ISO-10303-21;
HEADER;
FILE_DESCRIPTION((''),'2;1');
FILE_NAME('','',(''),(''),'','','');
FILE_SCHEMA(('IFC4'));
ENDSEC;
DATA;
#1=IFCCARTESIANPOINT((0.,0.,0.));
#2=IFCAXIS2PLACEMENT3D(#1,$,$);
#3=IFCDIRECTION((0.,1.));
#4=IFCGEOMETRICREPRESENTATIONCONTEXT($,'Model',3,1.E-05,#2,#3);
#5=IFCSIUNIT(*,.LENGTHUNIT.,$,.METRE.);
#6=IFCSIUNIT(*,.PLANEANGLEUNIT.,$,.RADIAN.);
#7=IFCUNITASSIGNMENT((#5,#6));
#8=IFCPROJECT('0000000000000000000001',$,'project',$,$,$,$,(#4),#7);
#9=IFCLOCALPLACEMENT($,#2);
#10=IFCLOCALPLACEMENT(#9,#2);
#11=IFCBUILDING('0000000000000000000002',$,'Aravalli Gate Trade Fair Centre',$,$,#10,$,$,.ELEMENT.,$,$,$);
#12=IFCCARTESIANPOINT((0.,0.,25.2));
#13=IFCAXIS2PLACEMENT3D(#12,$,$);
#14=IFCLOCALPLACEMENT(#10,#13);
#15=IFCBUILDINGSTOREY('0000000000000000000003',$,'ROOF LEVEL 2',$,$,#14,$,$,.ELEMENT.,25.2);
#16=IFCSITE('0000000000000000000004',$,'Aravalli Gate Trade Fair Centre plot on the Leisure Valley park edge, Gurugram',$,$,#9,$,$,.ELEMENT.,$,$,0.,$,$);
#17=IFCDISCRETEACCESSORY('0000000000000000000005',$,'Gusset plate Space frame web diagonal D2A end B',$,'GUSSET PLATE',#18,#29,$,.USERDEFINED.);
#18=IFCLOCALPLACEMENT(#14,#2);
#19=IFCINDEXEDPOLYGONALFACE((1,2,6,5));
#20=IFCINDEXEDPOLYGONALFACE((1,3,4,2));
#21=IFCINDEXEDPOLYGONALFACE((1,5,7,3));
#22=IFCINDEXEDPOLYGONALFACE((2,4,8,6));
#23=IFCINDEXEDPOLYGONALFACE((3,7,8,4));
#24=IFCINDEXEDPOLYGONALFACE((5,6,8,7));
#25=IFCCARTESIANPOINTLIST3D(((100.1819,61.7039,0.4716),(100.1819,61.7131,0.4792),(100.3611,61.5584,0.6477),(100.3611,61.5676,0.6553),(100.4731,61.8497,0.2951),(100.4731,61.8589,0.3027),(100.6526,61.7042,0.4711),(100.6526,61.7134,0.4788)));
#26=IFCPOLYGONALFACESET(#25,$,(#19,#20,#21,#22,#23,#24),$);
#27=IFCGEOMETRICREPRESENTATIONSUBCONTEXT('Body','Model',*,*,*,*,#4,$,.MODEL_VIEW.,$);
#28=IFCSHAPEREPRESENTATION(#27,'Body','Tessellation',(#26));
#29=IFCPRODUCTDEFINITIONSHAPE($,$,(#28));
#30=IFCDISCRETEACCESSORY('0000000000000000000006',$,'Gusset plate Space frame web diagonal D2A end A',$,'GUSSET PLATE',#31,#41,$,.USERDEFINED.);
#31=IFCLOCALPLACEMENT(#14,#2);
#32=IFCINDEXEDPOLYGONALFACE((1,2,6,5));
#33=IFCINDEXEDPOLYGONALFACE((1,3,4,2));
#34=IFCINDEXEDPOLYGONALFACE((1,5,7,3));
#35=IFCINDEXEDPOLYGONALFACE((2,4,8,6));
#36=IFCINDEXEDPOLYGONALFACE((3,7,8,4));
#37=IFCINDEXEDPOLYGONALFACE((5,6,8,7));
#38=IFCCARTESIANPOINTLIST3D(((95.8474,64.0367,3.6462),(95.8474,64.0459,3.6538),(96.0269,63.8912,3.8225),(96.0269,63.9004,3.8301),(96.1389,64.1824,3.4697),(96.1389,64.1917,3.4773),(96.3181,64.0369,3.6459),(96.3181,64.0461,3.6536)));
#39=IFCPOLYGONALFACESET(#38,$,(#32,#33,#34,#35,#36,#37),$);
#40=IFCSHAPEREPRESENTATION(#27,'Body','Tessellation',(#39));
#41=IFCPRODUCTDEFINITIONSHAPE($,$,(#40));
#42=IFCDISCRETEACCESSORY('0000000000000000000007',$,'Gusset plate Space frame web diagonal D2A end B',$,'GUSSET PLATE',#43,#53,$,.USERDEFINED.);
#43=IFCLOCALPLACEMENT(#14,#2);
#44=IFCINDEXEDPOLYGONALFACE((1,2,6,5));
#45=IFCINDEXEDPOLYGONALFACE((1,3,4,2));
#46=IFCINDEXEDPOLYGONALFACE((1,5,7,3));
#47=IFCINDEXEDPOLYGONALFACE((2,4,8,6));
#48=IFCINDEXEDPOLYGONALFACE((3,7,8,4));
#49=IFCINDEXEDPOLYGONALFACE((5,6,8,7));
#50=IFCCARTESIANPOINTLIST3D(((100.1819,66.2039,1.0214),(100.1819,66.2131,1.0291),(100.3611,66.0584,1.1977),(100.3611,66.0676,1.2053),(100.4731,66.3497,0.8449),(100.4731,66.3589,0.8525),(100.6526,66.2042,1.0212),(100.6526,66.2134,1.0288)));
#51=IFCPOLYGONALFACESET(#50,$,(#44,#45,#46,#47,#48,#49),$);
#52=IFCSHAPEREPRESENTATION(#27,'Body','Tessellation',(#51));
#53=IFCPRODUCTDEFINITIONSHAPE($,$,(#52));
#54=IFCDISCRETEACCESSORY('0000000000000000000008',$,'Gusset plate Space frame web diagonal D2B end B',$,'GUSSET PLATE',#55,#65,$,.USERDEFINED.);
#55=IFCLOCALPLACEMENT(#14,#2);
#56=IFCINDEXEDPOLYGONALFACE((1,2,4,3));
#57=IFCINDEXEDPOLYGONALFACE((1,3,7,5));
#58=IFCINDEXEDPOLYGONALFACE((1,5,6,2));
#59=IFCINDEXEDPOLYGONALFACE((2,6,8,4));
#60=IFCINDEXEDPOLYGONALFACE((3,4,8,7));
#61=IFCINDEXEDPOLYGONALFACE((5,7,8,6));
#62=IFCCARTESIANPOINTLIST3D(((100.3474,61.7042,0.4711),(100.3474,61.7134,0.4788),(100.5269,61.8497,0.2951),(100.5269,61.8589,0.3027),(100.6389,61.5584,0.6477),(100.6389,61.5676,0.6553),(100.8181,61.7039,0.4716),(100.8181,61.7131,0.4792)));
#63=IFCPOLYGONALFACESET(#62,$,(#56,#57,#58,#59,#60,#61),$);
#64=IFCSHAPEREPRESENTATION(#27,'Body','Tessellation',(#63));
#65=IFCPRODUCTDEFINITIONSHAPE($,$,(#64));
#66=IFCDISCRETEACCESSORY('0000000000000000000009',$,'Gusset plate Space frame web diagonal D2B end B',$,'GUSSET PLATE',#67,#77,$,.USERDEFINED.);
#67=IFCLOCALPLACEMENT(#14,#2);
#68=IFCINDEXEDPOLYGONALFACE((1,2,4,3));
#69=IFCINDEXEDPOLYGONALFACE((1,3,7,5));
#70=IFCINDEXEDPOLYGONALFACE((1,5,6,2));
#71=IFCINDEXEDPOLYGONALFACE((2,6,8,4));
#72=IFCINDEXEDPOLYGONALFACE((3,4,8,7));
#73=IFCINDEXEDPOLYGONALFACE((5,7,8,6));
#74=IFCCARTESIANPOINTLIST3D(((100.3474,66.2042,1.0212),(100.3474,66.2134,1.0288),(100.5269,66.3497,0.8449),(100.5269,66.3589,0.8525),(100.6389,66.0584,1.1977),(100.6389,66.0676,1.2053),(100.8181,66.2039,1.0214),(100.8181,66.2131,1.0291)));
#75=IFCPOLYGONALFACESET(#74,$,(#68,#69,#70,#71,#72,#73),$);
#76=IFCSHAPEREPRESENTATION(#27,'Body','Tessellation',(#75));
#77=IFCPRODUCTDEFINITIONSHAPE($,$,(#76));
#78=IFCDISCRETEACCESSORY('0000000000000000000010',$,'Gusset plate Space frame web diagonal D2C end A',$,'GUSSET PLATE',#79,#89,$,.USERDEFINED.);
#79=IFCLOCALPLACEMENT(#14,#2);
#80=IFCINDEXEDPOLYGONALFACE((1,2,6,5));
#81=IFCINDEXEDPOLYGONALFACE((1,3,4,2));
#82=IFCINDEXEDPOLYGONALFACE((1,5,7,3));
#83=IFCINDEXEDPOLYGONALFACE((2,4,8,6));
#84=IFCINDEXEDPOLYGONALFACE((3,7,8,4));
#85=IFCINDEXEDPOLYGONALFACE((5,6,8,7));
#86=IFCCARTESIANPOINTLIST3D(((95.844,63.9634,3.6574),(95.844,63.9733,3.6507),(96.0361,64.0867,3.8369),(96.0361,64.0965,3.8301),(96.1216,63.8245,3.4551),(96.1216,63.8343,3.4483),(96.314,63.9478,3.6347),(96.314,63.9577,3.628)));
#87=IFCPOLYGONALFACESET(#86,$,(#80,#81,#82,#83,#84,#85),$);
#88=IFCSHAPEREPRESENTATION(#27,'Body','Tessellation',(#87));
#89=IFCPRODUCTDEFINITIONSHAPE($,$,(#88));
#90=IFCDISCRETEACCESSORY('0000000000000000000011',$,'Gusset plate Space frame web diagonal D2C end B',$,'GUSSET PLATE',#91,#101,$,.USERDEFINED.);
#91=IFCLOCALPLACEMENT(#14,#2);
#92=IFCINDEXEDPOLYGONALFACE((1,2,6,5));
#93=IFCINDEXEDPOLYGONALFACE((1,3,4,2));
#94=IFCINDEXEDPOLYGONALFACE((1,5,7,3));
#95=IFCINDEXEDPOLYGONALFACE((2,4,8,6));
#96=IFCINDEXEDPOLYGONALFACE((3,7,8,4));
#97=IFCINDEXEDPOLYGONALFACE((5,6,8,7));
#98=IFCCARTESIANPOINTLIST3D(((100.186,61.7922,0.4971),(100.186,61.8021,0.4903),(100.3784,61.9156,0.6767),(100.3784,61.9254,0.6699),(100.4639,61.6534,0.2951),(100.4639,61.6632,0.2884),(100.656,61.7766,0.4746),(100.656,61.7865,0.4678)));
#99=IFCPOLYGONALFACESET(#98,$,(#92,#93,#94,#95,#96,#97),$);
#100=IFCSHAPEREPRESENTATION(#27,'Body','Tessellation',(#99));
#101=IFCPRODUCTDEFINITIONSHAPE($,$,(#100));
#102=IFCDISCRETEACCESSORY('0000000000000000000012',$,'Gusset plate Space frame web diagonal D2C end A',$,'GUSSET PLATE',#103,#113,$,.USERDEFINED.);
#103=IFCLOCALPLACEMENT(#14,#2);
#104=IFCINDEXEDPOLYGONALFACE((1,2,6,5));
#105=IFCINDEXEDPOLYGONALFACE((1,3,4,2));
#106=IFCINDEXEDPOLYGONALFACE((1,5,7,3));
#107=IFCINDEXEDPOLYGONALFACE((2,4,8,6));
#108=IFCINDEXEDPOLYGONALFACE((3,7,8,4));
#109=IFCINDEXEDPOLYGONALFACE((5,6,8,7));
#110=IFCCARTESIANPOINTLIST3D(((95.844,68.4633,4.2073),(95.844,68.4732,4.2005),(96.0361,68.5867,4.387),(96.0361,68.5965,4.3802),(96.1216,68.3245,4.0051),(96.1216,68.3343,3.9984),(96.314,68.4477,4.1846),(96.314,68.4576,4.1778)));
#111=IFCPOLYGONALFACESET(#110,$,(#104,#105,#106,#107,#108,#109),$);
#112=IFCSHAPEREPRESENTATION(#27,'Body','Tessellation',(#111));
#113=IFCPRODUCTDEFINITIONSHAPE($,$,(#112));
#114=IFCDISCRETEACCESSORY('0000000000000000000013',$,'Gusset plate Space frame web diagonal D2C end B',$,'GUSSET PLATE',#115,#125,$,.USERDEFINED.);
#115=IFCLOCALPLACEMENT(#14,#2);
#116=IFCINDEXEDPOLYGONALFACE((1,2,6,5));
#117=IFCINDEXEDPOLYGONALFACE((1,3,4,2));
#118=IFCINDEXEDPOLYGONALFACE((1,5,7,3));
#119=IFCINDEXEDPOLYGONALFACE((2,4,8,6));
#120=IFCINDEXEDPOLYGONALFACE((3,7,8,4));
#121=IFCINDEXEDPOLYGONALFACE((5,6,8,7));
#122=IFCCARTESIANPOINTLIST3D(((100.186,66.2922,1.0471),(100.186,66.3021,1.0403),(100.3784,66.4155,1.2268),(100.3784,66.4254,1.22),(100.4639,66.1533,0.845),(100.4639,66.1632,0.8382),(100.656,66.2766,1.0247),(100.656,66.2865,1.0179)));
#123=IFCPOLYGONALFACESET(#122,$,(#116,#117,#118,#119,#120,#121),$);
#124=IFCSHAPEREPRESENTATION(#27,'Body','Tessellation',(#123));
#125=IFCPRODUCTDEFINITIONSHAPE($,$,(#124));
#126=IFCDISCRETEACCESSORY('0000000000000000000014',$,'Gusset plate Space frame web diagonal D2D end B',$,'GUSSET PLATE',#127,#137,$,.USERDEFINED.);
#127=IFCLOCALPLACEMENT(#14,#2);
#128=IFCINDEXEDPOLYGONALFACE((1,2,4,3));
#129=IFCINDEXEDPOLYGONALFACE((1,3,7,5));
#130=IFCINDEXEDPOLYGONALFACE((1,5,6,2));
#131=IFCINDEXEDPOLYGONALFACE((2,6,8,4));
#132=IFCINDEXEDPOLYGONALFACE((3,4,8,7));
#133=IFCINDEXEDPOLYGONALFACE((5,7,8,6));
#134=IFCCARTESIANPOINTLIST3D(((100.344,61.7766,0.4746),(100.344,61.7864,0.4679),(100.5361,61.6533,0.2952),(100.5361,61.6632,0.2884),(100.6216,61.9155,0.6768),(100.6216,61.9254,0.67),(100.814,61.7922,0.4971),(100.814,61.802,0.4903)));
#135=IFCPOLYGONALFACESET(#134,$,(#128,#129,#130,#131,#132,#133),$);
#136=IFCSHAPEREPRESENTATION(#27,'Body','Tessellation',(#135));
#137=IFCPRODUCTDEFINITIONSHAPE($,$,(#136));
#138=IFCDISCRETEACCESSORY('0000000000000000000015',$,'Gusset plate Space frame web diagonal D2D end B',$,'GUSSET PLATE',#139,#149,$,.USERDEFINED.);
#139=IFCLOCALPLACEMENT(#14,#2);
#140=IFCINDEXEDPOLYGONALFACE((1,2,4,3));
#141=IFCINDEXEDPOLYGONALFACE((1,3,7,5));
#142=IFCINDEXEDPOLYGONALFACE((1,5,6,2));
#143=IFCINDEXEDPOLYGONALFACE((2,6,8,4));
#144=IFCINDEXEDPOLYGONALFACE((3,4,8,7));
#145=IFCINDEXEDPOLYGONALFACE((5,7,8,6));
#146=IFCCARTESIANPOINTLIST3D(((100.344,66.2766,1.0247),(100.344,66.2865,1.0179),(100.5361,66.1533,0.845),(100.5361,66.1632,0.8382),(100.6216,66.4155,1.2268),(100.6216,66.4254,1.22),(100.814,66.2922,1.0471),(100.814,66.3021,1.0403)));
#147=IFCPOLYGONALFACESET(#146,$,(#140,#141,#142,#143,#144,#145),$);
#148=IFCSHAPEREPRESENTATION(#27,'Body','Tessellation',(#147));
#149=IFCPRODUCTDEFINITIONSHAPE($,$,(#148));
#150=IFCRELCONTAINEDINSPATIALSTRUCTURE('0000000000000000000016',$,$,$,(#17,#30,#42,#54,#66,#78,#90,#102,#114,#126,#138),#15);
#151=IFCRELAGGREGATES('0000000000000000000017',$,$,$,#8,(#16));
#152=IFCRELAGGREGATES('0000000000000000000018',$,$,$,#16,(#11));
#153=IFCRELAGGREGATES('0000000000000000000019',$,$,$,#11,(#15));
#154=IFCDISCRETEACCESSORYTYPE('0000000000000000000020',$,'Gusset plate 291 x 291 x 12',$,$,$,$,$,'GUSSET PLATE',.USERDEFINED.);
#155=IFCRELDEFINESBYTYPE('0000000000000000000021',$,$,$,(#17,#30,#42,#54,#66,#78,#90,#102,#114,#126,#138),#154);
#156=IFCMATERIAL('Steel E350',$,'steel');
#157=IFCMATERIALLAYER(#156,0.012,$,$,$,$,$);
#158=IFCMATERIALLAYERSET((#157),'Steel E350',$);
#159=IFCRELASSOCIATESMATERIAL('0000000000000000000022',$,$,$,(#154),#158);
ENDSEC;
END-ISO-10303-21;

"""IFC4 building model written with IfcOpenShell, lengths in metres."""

from ifc_helpers import new_model, si_unit, direction, frame, origin, place, context, subcontext, project, spatial, polyline, outline, extrude, material, layer, layer_set, type_object, element, save


model = new_model("IFC4")

# Units and contexts
model_context = context("Model", 3, precision=1e-05, world=origin(), true_north=direction((0.0, 1.0)))
body_context = subcontext(model_context, "Body", "Model", "MODEL_VIEW")
ifc_project = project(units=[si_unit("LENGTHUNIT", "METRE"), si_unit("PLANEANGLEUNIT", "RADIAN")], contexts=[model_context])

# Site, building, storey
site_placement = place(None, origin())
site = spatial("IfcSite", under=ifc_project, at=site_placement, Name="Aravalli Gate Trade Fair Centre plot on the Leisure Valley park edge, Gurugram", CompositionType="ELEMENT", RefElevation=0.0)
building_placement = place(site_placement, origin())
building = spatial("IfcBuilding", under=site, at=building_placement, Name="Aravalli Gate Trade Fair Centre", CompositionType="ELEMENT")
storey_placement = place(building_placement, frame((0.0, 0.0, 25.2)))
storey = spatial("IfcBuildingStorey", under=building, at=storey_placement, Name="ROOF LEVEL 2", CompositionType="ELEMENT", Elevation=25.2)

# Shared definitions
ifc_material_1 = material(Name="Steel E350", Category="steel")

# Discrete accessories
ifc_layer_1 = layer(ifc_material_1, 0.012)
ifc_layer_set_1 = layer_set([ifc_layer_1], Name="Steel E350")
discrete_accessory_type = type_object("IfcDiscreteAccessoryType", Name="Gusset plate 291 x 291 x 12", ElementType="GUSSET PLATE", PredefinedType="USERDEFINED", material=ifc_layer_set_1)
discrete_accessory_1_placement = place(storey_placement, frame((100.1819, 61.7131, 0.4792), z_axis=(0.000261, 0.770887, 0.636972), x_axis=(0.786233, 0.393446, -0.476485)))
element("IfcDiscreteAccessory", 1, at=discrete_accessory_1_placement, inside=storey, type_object=discrete_accessory_type, Name="Gusset plate Space frame web diagonal D2A end B", ObjectType="GUSSET PLATE", PredefinedType="USERDEFINED", context=body_context, shape_type="SweptSolid", body=[
    extrude(outline(polyline([(0.0, 0.0), (0.3704, 0.0), (0.3704, -0.2904), (-0.0002, -0.2903), (0.0, 0.0)])), origin(), (0.0, 0.0, -1.0), 0.012),
])
discrete_accessory_2_placement = place(storey_placement, frame((96.1389, 64.1917, 3.4773), z_axis=(-0.00007, 0.771155, 0.636648), x_axis=(-0.786484, -0.393242, 0.476238)))
element("IfcDiscreteAccessory", 2, at=discrete_accessory_2_placement, inside=storey, type_object=discrete_accessory_type, Name="Gusset plate Space frame web diagonal D2A end A", ObjectType="GUSSET PLATE", PredefinedType="USERDEFINED", context=body_context, shape_type="SweptSolid", body=[
    extrude(outline(polyline([(0.0, 0.0), (0.3706, 0.0), (0.3707, 0.2906), (0.0002, 0.2904), (0.0, 0.0)])), origin(), (0.0, 0.0, -1.0), 0.012),
])
discrete_accessory_3_placement = place(storey_placement, frame((100.1819, 66.2131, 1.0291), z_axis=(-0.00007, 0.771155, 0.636648), x_axis=(0.786233, 0.393446, -0.476485)))
element("IfcDiscreteAccessory", 3, at=discrete_accessory_3_placement, inside=storey, type_object=discrete_accessory_type, Name="Gusset plate Space frame web diagonal D2A end B", ObjectType="GUSSET PLATE", PredefinedType="USERDEFINED", context=body_context, shape_type="SweptSolid", body=[
    extrude(outline(polyline([(0.0, 0.0), (0.3704, 0.0), (0.3703, -0.2906), (-0.0003, -0.2904), (0.0, 0.0)])), origin(), (0.0, 0.0, -1.0), 0.012),
])
discrete_accessory_4_placement = place(storey_placement, frame((100.6389, 61.5676, 0.6553), z_axis=(-0.000261, 0.770887, 0.636972), x_axis=(-0.786484, 0.393242, -0.476238)))
element("IfcDiscreteAccessory", 4, at=discrete_accessory_4_placement, inside=storey, type_object=discrete_accessory_type, Name="Gusset plate Space frame web diagonal D2B end B", ObjectType="GUSSET PLATE", PredefinedType="USERDEFINED", context=body_context, shape_type="SweptSolid", body=[
    extrude(outline(polyline([(0.0, 0.0), (0.3706, 0.0), (0.3706, -0.2904), (0.0001, -0.2903), (0.0, 0.0)])), origin(), (0.0, 0.0, -1.0), 0.012),
])
discrete_accessory_5_placement = place(storey_placement, frame((100.6389, 66.0676, 1.2053), z_axis=(0.00007, 0.771155, 0.636648), x_axis=(-0.786484, 0.393242, -0.476238)))
element("IfcDiscreteAccessory", 5, at=discrete_accessory_5_placement, inside=storey, type_object=discrete_accessory_type, Name="Gusset plate Space frame web diagonal D2B end B", ObjectType="GUSSET PLATE", PredefinedType="USERDEFINED", context=body_context, shape_type="SweptSolid", body=[
    extrude(outline(polyline([(0.0, 0.0), (0.3706, 0.0), (0.3707, -0.2906), (0.0002, -0.2904), (0.0, 0.0)])), origin(), (0.0, 0.0, -1.0), 0.012),
])
discrete_accessory_6_placement = place(storey_placement, frame((96.1216, 63.8245, 3.4551), z_axis=(-0.000059, -0.824356, 0.566072), x_axis=(-0.749102, 0.375034, 0.546073)))
element("IfcDiscreteAccessory", 6, at=discrete_accessory_6_placement, inside=storey, type_object=discrete_accessory_type, Name="Gusset plate Space frame web diagonal D2C end A", ObjectType="GUSSET PLATE", PredefinedType="USERDEFINED", context=body_context, shape_type="SweptSolid", body=[
    extrude(outline(polyline([(0.0, 0.0), (0.3706, 0.0), (0.3709, -0.2904), (0.0002, -0.2907), (0.0, 0.0)])), origin(), (0.0, 0.0, -1.0), 0.012),
])
discrete_accessory_7_placement = place(storey_placement, frame((100.186, 61.7922, 0.4971), z_axis=(-0.000339, -0.824216, 0.566276), x_axis=(0.749929, -0.374811, -0.545089)))
element("IfcDiscreteAccessory", 7, at=discrete_accessory_7_placement, inside=storey, type_object=discrete_accessory_type, Name="Gusset plate Space frame web diagonal D2C end B", ObjectType="GUSSET PLATE", PredefinedType="USERDEFINED", context=body_context, shape_type="SweptSolid", body=[
    extrude(outline(polyline([(0.0, 0.0), (0.3705, 0.0), (0.3705, 0.2904), (0.0001, 0.2907), (0.0, 0.0)])), origin(), (0.0, 0.0, -1.0), 0.012),
])
discrete_accessory_8_placement = place(storey_placement, frame((96.1216, 68.3245, 4.0051), z_axis=(-0.000059, -0.824356, 0.566072), x_axis=(-0.749371, 0.374861, 0.545822)))
element("IfcDiscreteAccessory", 8, at=discrete_accessory_8_placement, inside=storey, type_object=discrete_accessory_type, Name="Gusset plate Space frame web diagonal D2C end A", ObjectType="GUSSET PLATE", PredefinedType="USERDEFINED", context=body_context, shape_type="SweptSolid", body=[
    extrude(outline(polyline([(0.0, 0.0), (0.3704, 0.0), (0.3707, -0.2905), (0.0, -0.2905), (0.0, 0.0)])), origin(), (0.0, 0.0, -1.0), 0.012),
])
discrete_accessory_9_placement = place(storey_placement, frame((100.186, 66.2922, 1.0471), z_axis=(-0.000356, -0.824387, 0.566027), x_axis=(0.74966, -0.37483, -0.545447)))
element("IfcDiscreteAccessory", 9, at=discrete_accessory_9_placement, inside=storey, type_object=discrete_accessory_type, Name="Gusset plate Space frame web diagonal D2C end B", ObjectType="GUSSET PLATE", PredefinedType="USERDEFINED", context=body_context, shape_type="SweptSolid", body=[
    extrude(outline(polyline([(0.0, 0.0), (0.3706, 0.0), (0.3704, 0.2905), (0.0, 0.2907), (0.0, 0.0)])), origin(), (0.0, 0.0, -1.0), 0.012),
])
discrete_accessory_10_placement = place(storey_placement, frame((100.6216, 61.9155, 0.6768), z_axis=(0.000339, -0.824216, 0.566276), x_axis=(-0.749371, -0.375169, -0.545611)))
element("IfcDiscreteAccessory", 10, at=discrete_accessory_10_placement, inside=storey, type_object=discrete_accessory_type, Name="Gusset plate Space frame web diagonal D2D end B", ObjectType="GUSSET PLATE", PredefinedType="USERDEFINED", context=body_context, shape_type="SweptSolid", body=[
    extrude(outline(polyline([(0.0, 0.0), (0.3704, 0.0), (0.3706, 0.2904), (0.0001, 0.2907), (0.0, 0.0)])), origin(), (0.0, 0.0, -1.0), 0.012),
])
discrete_accessory_11_placement = place(storey_placement, frame((100.6216, 66.4155, 1.2268), z_axis=(0.000356, -0.824387, 0.566027), x_axis=(-0.749371, -0.375015, -0.545716)))
element("IfcDiscreteAccessory", 11, at=discrete_accessory_11_placement, inside=storey, type_object=discrete_accessory_type, Name="Gusset plate Space frame web diagonal D2D end B", ObjectType="GUSSET PLATE", PredefinedType="USERDEFINED", context=body_context, shape_type="SweptSolid", body=[
    extrude(outline(polyline([(0.0, 0.0), (0.3704, 0.0), (0.3707, 0.2905), (0.0001, 0.2907), (0.0, 0.0)])), origin(), (0.0, 0.0, -1.0), 0.012),
])

save(model, "model.ifc")
